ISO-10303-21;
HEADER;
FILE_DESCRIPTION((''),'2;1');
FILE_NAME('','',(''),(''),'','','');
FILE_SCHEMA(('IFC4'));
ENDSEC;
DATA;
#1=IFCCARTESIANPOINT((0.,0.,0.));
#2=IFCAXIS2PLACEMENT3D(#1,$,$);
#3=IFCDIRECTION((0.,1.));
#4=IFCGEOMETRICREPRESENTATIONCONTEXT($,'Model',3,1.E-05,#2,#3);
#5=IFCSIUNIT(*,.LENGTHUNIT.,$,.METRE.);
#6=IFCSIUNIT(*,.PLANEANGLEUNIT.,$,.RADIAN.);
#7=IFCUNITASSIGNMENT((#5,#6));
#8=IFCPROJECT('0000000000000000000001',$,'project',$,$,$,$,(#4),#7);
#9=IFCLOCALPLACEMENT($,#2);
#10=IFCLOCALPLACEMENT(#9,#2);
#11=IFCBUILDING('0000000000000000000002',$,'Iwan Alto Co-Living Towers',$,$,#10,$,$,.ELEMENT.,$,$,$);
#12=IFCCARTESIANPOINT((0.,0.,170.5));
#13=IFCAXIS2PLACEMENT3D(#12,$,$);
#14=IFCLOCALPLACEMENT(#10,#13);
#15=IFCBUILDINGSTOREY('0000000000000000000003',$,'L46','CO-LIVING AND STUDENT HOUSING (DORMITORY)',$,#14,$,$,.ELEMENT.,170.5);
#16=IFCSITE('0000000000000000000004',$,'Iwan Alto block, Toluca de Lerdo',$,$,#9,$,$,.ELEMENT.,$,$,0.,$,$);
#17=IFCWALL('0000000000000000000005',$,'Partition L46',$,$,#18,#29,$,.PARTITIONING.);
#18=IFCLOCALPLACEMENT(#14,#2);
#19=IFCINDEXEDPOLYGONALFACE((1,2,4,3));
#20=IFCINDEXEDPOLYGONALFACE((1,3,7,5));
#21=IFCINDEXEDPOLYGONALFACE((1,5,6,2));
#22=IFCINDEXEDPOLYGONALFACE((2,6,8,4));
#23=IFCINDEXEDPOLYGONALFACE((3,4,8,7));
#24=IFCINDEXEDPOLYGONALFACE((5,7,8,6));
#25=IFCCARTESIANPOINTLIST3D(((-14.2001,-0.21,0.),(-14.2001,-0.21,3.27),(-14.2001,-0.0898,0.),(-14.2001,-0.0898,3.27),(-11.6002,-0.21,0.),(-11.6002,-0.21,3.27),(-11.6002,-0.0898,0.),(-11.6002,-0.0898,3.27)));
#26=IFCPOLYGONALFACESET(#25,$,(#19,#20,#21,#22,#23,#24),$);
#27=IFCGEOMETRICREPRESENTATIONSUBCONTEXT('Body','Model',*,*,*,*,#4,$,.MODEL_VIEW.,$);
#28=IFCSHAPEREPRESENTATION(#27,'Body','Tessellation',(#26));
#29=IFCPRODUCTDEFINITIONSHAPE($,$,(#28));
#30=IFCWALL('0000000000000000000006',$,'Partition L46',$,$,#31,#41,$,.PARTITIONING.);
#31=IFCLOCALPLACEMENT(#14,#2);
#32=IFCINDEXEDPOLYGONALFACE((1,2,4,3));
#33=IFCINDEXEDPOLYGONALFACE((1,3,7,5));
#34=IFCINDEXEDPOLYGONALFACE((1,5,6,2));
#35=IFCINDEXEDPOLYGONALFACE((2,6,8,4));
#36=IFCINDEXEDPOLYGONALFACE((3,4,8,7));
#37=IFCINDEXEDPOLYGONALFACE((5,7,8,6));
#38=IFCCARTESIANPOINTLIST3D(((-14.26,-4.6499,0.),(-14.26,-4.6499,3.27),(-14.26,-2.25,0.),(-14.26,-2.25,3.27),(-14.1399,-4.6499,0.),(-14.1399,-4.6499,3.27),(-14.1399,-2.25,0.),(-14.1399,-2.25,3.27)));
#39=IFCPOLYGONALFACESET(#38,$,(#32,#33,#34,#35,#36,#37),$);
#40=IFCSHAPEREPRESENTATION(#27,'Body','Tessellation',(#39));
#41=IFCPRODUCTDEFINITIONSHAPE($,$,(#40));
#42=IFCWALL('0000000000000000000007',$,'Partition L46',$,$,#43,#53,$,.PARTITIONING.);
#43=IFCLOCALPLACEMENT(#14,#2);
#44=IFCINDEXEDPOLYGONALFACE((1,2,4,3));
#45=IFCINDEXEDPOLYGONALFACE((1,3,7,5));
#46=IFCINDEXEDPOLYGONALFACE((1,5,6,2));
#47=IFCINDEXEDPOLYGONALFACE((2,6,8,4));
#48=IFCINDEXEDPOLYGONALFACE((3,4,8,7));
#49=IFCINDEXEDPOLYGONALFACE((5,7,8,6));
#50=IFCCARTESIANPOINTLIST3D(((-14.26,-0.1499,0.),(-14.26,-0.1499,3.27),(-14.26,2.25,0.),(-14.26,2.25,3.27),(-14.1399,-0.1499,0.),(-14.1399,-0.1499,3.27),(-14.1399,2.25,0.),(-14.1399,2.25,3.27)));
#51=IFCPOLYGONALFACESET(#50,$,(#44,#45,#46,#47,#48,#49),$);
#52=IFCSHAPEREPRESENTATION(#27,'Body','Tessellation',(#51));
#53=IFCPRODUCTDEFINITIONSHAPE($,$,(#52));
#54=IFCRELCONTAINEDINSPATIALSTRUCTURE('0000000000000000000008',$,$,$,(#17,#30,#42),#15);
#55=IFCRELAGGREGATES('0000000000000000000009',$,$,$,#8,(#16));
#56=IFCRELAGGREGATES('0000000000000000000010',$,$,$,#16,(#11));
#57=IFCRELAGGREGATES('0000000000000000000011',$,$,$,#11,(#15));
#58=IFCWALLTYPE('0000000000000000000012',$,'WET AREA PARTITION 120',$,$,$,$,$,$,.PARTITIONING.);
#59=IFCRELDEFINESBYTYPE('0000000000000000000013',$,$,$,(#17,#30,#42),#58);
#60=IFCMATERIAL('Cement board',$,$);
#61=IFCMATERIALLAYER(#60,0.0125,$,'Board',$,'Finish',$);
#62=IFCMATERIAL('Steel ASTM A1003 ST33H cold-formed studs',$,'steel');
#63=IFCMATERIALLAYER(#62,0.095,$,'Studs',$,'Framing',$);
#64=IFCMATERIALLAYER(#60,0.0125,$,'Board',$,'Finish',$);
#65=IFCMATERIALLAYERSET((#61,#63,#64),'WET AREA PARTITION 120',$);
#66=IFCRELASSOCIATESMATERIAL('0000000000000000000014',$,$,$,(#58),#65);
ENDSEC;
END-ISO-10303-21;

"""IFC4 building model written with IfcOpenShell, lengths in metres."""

from ifc_helpers import new_model, si_unit, direction, frame, frame_2d, origin, place, context, subcontext, project, spatial, rectangle, extrude, material, layer, layer_set, type_object, element, save


model = new_model("IFC4")

# Units and contexts
model_context = context("Model", 3, precision=1e-05, world=origin(), true_north=direction((0.0, 1.0)))
body_context = subcontext(model_context, "Body", "Model", "MODEL_VIEW")
ifc_project = project(units=[si_unit("LENGTHUNIT", "METRE"), si_unit("PLANEANGLEUNIT", "RADIAN")], contexts=[model_context])

# Site, building, storey
site_placement = place(None, origin())
site = spatial("IfcSite", under=ifc_project, at=site_placement, Name="Iwan Alto block, Toluca de Lerdo", CompositionType="ELEMENT", RefElevation=0.0)
building_placement = place(site_placement, origin())
building = spatial("IfcBuilding", under=site, at=building_placement, Name="Iwan Alto Co-Living Towers", CompositionType="ELEMENT")
storey_placement = place(building_placement, frame((0.0, 0.0, 170.5)))
storey = spatial("IfcBuildingStorey", under=building, at=storey_placement, Name="L46", Description="CO-LIVING AND STUDENT HOUSING (DORMITORY)", CompositionType="ELEMENT", Elevation=170.5)

# Shared definitions
ifc_material_1 = material(Name="Steel ASTM A1003 ST33H cold-formed studs", Category="steel")

# Shared definitions
ifc_material_2 = material(Name="Cement board")
ifc_layer_1 = layer(ifc_material_2, 0.0125, Name="Board", Category="Finish")
ifc_layer_2 = layer(ifc_material_1, 0.095, Name="Studs", Category="Framing")
ifc_layer_3 = layer(ifc_material_2, 0.0125, Name="Board", Category="Finish")
ifc_layer_set_1 = layer_set([ifc_layer_1, ifc_layer_2, ifc_layer_3], Name="WET AREA PARTITION 120")
wall_type_1 = type_object("IfcWallType", Name="WET AREA PARTITION 120", PredefinedType="PARTITIONING", material=ifc_layer_set_1)

# Walls
wall_1_placement = place(storey_placement, frame((-14.2, -0.1499, 0.0), z_axis=(0.0, 0.0, 1.0), x_axis=(1.0, 0.0, 0.0)))
element("IfcWall", 1, at=wall_1_placement, inside=storey, type_object=wall_type_1, Name="Partition L46", PredefinedType="PARTITIONING", context=body_context, shape_type="SweptSolid", body=[
    extrude(rectangle(XDim=2.5999, YDim=0.1201, at=frame_2d((1.2998, 0.0))), origin(), (0.0, 0.0, 1.0), 3.27),
])
for number, where, z_axis, x_axis, name in (
    (2, (-14.2, -4.6499, 0.0), (0.0, 0.0, 1.0), (0.0, 1.0, 0.0), "Partition L46"),
    (3, (-14.2, -0.1499, 0.0), (0.0, 0.0, 1.0), (0.0, 1.0, 0.0), "Partition L46"),
):
    element("IfcWall", number, at=place(storey_placement, frame(where, z_axis=z_axis, x_axis=x_axis)), inside=storey, type_object=wall_type_1, Name=name, PredefinedType="PARTITIONING", context=body_context, shape_type="SweptSolid", body=[
        extrude(rectangle(XDim=2.3999, YDim=0.1201, at=frame_2d((1.2, 0.0))), origin(), (0.0, 0.0, 1.0), 3.27),
    ])

save(model, "model.ifc")
